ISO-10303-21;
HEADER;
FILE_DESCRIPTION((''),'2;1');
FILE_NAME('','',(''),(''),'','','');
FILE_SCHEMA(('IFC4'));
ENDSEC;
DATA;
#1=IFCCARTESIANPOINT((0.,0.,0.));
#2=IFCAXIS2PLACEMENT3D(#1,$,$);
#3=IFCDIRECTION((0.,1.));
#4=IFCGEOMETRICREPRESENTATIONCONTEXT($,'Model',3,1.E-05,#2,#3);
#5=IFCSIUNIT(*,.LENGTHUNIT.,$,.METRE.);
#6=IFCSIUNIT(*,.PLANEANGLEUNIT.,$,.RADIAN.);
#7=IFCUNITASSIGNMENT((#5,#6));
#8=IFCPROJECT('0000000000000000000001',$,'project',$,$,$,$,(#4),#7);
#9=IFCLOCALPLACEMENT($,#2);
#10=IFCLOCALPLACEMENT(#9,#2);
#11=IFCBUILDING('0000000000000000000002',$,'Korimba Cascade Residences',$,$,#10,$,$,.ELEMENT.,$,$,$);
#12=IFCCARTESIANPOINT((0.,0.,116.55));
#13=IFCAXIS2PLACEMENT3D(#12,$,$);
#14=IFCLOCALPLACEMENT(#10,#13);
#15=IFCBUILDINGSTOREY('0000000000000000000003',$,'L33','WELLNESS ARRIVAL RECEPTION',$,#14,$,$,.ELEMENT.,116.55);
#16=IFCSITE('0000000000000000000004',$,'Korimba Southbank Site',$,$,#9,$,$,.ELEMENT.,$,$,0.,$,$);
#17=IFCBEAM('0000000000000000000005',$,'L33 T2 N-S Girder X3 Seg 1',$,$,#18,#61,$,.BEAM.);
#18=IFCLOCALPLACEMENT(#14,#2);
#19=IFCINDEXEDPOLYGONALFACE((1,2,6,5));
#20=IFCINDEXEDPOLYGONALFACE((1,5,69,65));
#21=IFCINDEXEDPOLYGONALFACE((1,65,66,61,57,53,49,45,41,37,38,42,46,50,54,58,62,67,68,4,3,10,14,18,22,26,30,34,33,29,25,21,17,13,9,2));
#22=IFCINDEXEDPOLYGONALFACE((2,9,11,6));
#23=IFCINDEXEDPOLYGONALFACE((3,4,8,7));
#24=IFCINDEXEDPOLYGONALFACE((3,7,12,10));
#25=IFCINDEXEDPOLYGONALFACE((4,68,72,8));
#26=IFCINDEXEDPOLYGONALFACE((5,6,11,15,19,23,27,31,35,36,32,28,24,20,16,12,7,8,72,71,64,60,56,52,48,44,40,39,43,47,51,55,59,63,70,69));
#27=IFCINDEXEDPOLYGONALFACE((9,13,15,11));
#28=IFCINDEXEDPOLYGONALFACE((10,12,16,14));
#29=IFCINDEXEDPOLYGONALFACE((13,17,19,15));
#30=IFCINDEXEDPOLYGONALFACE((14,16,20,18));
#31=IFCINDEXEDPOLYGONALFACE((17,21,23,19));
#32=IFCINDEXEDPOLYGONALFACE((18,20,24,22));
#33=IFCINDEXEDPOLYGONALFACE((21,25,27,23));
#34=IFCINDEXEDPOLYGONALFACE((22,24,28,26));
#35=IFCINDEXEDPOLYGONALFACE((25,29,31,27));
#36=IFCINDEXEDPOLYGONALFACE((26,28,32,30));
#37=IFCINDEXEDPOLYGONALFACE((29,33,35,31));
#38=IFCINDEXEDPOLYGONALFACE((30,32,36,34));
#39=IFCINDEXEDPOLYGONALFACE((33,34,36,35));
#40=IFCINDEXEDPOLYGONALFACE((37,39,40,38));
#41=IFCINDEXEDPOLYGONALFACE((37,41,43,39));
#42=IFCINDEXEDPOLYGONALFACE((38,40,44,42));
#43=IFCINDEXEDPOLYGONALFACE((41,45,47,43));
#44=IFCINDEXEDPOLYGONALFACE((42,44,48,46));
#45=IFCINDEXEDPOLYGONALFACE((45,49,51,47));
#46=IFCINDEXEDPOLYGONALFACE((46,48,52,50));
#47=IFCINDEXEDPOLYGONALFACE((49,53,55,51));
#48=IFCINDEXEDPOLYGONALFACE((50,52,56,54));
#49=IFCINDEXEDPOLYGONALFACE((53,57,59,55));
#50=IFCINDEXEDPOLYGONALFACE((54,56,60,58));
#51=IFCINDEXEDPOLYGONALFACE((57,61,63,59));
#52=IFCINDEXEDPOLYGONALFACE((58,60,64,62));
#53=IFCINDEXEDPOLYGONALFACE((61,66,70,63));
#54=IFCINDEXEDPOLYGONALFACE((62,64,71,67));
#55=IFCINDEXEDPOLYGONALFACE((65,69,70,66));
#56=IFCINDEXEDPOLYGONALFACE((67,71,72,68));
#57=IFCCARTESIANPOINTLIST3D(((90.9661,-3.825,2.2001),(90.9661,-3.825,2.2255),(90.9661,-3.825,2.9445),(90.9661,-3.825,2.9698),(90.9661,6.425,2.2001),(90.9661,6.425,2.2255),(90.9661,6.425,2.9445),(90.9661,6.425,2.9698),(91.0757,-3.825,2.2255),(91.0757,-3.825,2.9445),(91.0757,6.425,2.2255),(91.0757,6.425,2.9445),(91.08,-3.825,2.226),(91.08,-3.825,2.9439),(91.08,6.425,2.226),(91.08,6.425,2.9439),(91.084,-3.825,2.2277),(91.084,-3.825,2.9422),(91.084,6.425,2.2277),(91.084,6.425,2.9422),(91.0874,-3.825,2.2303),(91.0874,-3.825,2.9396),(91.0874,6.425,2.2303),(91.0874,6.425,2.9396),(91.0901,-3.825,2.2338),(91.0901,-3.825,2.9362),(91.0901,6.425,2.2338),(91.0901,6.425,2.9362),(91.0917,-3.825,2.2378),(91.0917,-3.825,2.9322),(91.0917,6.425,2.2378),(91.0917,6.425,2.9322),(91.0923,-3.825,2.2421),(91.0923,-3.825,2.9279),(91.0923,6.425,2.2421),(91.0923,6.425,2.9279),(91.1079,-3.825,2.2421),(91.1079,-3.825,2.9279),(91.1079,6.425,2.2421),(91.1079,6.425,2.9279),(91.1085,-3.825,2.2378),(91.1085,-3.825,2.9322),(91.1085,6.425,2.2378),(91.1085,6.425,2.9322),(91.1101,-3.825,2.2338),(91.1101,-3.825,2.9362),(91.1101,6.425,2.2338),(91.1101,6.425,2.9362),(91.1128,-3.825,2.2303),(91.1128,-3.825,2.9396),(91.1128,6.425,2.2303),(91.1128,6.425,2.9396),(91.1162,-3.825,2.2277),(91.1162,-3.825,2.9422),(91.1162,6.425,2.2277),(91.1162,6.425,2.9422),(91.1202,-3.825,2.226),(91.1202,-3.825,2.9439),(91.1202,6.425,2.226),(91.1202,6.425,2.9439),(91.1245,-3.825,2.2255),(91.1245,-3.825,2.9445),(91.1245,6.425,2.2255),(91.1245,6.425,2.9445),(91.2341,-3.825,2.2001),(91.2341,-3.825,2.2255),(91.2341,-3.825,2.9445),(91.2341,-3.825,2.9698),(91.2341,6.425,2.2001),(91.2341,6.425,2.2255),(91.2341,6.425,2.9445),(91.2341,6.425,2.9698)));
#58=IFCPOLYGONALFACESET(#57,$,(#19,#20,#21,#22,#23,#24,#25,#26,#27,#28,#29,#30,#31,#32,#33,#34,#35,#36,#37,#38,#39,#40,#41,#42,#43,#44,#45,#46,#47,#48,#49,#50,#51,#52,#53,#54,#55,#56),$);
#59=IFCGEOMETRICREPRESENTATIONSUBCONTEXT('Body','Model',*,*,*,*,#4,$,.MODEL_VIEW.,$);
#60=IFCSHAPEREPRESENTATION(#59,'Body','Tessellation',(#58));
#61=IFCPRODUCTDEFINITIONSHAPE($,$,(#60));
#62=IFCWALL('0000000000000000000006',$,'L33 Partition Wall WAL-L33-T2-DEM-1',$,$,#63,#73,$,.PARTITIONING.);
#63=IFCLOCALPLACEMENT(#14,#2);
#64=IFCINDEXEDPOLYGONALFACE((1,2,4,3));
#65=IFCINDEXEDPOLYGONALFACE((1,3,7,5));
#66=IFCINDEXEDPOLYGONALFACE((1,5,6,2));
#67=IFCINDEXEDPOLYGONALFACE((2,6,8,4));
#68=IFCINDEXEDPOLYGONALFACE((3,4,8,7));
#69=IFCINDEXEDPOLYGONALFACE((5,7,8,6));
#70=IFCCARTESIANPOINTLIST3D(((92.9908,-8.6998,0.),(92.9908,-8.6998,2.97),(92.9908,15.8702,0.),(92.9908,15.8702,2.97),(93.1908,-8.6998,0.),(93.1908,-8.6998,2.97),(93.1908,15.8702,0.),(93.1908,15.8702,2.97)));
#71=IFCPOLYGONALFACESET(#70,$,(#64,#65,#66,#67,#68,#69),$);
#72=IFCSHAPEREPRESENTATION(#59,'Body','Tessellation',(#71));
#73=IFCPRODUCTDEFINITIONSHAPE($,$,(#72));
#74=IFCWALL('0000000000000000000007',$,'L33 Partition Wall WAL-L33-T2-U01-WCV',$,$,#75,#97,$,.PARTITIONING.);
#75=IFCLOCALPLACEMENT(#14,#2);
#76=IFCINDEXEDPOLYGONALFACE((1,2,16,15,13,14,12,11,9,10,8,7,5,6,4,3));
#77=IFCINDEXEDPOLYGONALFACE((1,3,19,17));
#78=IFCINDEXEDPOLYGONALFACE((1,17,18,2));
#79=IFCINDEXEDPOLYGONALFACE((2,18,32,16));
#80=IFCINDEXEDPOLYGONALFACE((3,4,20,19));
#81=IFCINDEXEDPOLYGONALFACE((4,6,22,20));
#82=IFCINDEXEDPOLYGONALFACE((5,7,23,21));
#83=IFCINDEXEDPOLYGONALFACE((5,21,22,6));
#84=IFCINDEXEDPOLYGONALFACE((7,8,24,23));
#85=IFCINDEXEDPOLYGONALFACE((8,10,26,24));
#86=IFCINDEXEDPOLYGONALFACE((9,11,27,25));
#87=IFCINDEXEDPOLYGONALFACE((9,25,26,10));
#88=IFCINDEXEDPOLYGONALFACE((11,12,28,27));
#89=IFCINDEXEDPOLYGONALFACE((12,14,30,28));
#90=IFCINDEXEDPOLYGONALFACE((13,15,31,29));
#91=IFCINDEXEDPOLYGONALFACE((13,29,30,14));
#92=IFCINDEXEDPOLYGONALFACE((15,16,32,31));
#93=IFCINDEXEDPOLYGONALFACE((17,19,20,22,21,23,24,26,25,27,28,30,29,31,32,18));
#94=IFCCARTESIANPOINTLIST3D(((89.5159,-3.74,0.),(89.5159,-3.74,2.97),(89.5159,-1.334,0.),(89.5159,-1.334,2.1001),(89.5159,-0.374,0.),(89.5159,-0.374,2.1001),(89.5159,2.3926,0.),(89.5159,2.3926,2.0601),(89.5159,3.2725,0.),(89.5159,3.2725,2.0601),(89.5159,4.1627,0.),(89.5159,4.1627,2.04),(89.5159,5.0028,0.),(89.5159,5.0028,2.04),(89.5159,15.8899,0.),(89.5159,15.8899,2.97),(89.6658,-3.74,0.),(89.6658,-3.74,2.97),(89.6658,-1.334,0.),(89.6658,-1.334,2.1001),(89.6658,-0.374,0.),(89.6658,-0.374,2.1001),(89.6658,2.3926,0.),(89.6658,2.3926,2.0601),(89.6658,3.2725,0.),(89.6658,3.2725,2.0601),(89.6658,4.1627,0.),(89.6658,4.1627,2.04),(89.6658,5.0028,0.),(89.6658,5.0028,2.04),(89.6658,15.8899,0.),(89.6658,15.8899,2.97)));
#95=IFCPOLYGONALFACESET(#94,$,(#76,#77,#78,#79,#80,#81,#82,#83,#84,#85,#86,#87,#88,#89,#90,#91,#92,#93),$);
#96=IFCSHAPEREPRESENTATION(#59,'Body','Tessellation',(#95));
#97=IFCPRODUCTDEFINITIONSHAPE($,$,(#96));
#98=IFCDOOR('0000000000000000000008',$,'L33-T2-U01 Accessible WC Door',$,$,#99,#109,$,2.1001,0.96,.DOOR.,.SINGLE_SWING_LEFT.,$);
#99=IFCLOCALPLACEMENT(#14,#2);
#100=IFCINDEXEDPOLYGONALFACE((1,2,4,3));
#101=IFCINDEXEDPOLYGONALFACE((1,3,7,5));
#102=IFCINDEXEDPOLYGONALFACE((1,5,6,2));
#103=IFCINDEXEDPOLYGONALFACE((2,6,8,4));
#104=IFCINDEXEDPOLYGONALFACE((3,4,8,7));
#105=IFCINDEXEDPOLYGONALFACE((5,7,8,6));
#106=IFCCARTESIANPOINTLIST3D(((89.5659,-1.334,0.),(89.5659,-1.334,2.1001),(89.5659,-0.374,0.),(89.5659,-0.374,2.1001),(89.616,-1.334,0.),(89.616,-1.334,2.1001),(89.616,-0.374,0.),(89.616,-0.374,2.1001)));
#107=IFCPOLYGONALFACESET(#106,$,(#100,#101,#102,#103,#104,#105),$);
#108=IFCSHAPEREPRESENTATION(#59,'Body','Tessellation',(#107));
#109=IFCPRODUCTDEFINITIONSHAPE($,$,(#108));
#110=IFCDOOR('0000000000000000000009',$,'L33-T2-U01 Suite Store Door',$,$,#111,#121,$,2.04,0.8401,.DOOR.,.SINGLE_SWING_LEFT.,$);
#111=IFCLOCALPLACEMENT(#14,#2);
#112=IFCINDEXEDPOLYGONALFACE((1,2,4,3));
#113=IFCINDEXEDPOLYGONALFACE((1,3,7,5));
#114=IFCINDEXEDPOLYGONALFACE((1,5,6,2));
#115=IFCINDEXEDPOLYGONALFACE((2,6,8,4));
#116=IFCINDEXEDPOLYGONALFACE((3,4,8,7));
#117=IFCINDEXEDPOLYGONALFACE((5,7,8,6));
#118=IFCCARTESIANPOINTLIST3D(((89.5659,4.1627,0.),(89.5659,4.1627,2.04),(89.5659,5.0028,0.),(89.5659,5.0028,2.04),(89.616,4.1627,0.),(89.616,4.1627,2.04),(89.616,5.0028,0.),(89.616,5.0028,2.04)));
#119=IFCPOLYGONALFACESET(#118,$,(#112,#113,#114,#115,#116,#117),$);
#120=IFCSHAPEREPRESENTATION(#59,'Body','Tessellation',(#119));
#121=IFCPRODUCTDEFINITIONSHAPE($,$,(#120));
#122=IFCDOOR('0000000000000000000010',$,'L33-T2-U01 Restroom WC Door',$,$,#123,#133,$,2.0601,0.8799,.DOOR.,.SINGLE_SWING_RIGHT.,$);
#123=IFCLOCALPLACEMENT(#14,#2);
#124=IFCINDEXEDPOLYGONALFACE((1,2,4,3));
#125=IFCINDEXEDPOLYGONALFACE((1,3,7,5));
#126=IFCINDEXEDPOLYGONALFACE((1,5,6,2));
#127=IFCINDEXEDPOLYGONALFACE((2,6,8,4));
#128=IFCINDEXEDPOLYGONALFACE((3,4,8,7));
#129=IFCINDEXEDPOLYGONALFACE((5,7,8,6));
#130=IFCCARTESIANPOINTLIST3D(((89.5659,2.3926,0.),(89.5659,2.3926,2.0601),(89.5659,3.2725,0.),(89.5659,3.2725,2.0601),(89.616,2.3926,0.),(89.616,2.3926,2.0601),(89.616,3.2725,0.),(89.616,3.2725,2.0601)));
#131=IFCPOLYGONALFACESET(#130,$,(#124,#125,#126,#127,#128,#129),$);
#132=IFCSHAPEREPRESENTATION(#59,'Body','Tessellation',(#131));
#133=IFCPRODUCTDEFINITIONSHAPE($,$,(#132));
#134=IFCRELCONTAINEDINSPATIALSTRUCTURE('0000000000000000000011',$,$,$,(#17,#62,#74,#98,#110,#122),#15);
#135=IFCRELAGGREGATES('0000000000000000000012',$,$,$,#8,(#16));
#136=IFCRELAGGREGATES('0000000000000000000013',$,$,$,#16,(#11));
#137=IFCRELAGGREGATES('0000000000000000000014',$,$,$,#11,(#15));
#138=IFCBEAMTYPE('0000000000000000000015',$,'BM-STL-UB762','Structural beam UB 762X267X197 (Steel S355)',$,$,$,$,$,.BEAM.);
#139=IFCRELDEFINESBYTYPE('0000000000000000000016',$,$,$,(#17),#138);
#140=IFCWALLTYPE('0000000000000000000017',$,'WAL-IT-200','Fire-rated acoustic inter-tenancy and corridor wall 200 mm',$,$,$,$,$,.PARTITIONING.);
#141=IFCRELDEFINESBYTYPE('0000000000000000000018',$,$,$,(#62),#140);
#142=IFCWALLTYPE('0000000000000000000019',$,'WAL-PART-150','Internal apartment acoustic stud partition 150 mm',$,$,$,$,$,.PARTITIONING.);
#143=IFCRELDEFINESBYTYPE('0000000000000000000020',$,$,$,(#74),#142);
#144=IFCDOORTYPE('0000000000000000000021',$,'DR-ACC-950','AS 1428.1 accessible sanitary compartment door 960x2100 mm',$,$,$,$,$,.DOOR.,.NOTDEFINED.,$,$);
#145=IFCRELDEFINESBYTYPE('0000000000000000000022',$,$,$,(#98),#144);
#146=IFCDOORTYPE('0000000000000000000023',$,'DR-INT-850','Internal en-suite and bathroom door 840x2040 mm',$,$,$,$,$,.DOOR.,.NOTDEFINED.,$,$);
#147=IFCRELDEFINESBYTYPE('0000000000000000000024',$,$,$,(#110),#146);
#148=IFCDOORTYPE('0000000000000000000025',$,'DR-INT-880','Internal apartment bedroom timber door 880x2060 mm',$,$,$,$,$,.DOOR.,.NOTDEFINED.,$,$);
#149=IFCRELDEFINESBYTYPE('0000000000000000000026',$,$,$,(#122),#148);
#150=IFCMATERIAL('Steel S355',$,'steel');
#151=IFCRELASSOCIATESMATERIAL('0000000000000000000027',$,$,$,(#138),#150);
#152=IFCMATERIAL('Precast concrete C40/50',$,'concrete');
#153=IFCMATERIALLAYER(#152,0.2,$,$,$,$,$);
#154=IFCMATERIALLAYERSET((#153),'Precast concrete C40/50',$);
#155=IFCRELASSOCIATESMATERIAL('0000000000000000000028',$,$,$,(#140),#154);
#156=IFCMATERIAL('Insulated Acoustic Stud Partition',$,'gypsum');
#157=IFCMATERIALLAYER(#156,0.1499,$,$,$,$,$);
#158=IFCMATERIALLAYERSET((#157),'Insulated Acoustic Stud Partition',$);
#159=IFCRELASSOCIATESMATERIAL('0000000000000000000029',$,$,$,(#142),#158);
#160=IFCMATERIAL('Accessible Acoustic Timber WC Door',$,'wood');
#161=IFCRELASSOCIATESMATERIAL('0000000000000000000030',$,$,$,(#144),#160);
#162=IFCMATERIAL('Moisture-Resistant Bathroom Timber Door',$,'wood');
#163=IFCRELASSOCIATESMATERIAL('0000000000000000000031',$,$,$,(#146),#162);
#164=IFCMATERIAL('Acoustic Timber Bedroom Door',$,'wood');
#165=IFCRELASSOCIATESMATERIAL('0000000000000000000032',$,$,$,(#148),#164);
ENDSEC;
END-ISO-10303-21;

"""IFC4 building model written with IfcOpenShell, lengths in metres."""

from ifc_helpers import new_model, si_unit, direction, frame, frame_2d, origin, origin_2d, place, context, subcontext, project, spatial, rectangle, i_section, extrude, material, layer, layer_set, material_profile, profile_set, type_object, element, fill, save


model = new_model("IFC4")

# Units and contexts
model_context = context("Model", 3, precision=1e-05, world=origin(), true_north=direction((0.0, 1.0)))
body_context = subcontext(model_context, "Body", "Model", "MODEL_VIEW")
ifc_project = project(units=[si_unit("LENGTHUNIT", "METRE"), si_unit("PLANEANGLEUNIT", "RADIAN")], contexts=[model_context])

# Site, building, storey
site_placement = place(None, origin())
site = spatial("IfcSite", under=ifc_project, at=site_placement, Name="Korimba Southbank Site", CompositionType="ELEMENT", RefElevation=0.0)
building_placement = place(site_placement, origin())
building = spatial("IfcBuilding", under=site, at=building_placement, Name="Korimba Cascade Residences", CompositionType="ELEMENT")
storey_placement = place(building_placement, frame((0.0, 0.0, 116.55)))
storey = spatial("IfcBuildingStorey", under=building, at=storey_placement, Name="L33", Description="WELLNESS ARRIVAL RECEPTION", CompositionType="ELEMENT", Elevation=116.55)

# Beam
ifc_material_1 = material(Name="Steel S355", Category="steel")
ifc_material_profile_1 = material_profile(ifc_material_1, i_section(OverallWidth=0.2681, OverallDepth=0.7698, WebThickness=0.0156, FlangeThickness=0.0254, FilletRadius=0.0166, at=origin_2d()), Name="Steel S355")
ifc_profile_set_1 = profile_set([ifc_material_profile_1], Name="Steel S355")
beam_type_1 = type_object("IfcBeamType", Name="BM-STL-UB762", Description="Structural beam UB 762X267X197 (Steel S355)", PredefinedType="BEAM", material=ifc_profile_set_1)
for number, where, z_axis, x_axis, name in (
    (1, (91.1001, -3.825, 2.585), (0.0, 1.0, 0.0), (-1.0, 0.0, 0.0), "L33 T2 N-S Girder X3 Seg 1"),
):
    element("IfcBeam", number, at=place(storey_placement, frame(where, z_axis=z_axis, x_axis=x_axis)), inside=storey, type_object=beam_type_1, Name=name, PredefinedType="BEAM", context=body_context, shape_type="SweptSolid", body=[
        extrude(i_section(OverallWidth=0.2681, OverallDepth=0.7698, WebThickness=0.0156, FlangeThickness=0.0254, FilletRadius=0.0166, at=origin_2d()), origin(), (0.0, 0.0, 1.0), 10.25),
    ])

# Wall
ifc_material_2 = material(Name="Precast concrete C40/50", Category="concrete")
ifc_layer_1 = layer(ifc_material_2, 0.2)
ifc_layer_set_1 = layer_set([ifc_layer_1], Name="Precast concrete C40/50")
wall_type_1 = type_object("IfcWallType", Name="WAL-IT-200", Description="Fire-rated acoustic inter-tenancy and corridor wall 200 mm", PredefinedType="PARTITIONING", material=ifc_layer_set_1)
wall_1_placement = place(storey_placement, frame((93.0908, -8.7, 0.0), z_axis=(0.0, 0.0, 1.0), x_axis=(0.0, 1.0, 0.0)))
element("IfcWall", 2, at=wall_1_placement, inside=storey, type_object=wall_type_1, Name="L33 Partition Wall WAL-L33-T2-DEM-1", PredefinedType="PARTITIONING", context=body_context, shape_type="SweptSolid", body=[
    extrude(rectangle(XDim=24.5701, YDim=0.2, at=frame_2d((12.2852, 0.0))), origin(), (0.0, 0.0, 1.0), 2.97),
])

# Wall, openings, doors
ifc_material_3 = material(Name="Insulated Acoustic Stud Partition", Category="gypsum")
ifc_layer_2 = layer(ifc_material_3, 0.1499)
ifc_layer_set_2 = layer_set([ifc_layer_2], Name="Insulated Acoustic Stud Partition")
wall_type_2 = type_object("IfcWallType", Name="WAL-PART-150", Description="Internal apartment acoustic stud partition 150 mm", PredefinedType="PARTITIONING", material=ifc_layer_set_2)
wall_2_placement = place(storey_placement, frame((89.5908, -3.74, 0.0), z_axis=(0.0, 0.0, 1.0), x_axis=(0.0, 1.0, 0.0)))
wall_2 = element("IfcWall", 3, at=wall_2_placement, inside=storey, type_object=wall_type_2, Name="L33 Partition Wall WAL-L33-T2-U01-WCV", PredefinedType="PARTITIONING", context=body_context, shape_type="SweptSolid", body=[
    extrude(rectangle(XDim=19.6299, YDim=0.1499, at=frame_2d((9.8149, 0.0))), origin(), (0.0, 0.0, 1.0), 2.97),
])
opening_1_placement = place(wall_2_placement, frame((2.406, 0.0, 0.0)))
opening_1 = element("IfcOpeningElement", 4, at=opening_1_placement, cuts=wall_2, PredefinedType="OPENING", context=body_context, shape_type="SweptSolid", body=[
    extrude(rectangle(XDim=0.96, YDim=2.1001, at=frame_2d((0.48, 1.05))), frame((0.0, 0.085, 0.0), z_axis=(0.0, -1.0, 0.0), x_axis=(1.0, 0.0, 0.0)), (0.0, 0.0, 1.0), 0.1699),
])
opening_2_placement = place(wall_2_placement, frame((6.1326, 0.0, 0.0)))
opening_2 = element("IfcOpeningElement", 5, at=opening_2_placement, cuts=wall_2, PredefinedType="OPENING", context=body_context, shape_type="SweptSolid", body=[
    extrude(rectangle(XDim=0.8799, YDim=2.0601, at=frame_2d((0.4399, 1.03))), frame((0.0, 0.085, 0.0), z_axis=(0.0, -1.0, 0.0), x_axis=(1.0, 0.0, 0.0)), (0.0, 0.0, 1.0), 0.1699),
])
opening_3_placement = place(wall_2_placement, frame((7.9028, 0.0, 0.0)))
opening_3 = element("IfcOpeningElement", 6, at=opening_3_placement, cuts=wall_2, PredefinedType="OPENING", context=body_context, shape_type="SweptSolid", body=[
    extrude(rectangle(XDim=0.8401, YDim=2.04, at=frame_2d((0.4199, 1.02))), frame((0.0, 0.085, 0.0), z_axis=(0.0, -1.0, 0.0), x_axis=(1.0, 0.0, 0.0)), (0.0, 0.0, 1.0), 0.1699),
])
ifc_material_4 = material(Name="Accessible Acoustic Timber WC Door", Category="wood")
door_type_1 = type_object("IfcDoorType", Name="DR-ACC-950", Description="AS 1428.1 accessible sanitary compartment door 960x2100 mm", OperationType="NOTDEFINED", PredefinedType="DOOR", material=ifc_material_4)
door_1_placement = place(opening_1_placement, origin())
door_1 = element("IfcDoor", 7, at=door_1_placement, inside=storey, type_object=door_type_1, Name="L33-T2-U01 Accessible WC Door", OperationType="SINGLE_SWING_LEFT", OverallHeight=2.1001, OverallWidth=0.96, PredefinedType="DOOR", context=body_context, shape_type="SweptSolid", body=[
    extrude(rectangle(XDim=0.96, YDim=2.1001, at=frame_2d((0.48, 1.05))), frame((0.0, 0.0249, 0.0), z_axis=(0.0, -1.0, 0.0), x_axis=(1.0, 0.0, 0.0)), (0.0, 0.0, 1.0), 0.05),
])
fill(opening_1, door_1)
ifc_material_5 = material(Name="Moisture-Resistant Bathroom Timber Door", Category="wood")
door_type_2 = type_object("IfcDoorType", Name="DR-INT-850", Description="Internal en-suite and bathroom door 840x2040 mm", OperationType="NOTDEFINED", PredefinedType="DOOR", material=ifc_material_5)
door_2_placement = place(opening_3_placement, origin())
door_2 = element("IfcDoor", 8, at=door_2_placement, inside=storey, type_object=door_type_2, Name="L33-T2-U01 Suite Store Door", OperationType="SINGLE_SWING_LEFT", OverallHeight=2.04, OverallWidth=0.8401, PredefinedType="DOOR", context=body_context, shape_type="SweptSolid", body=[
    extrude(rectangle(XDim=0.8401, YDim=2.04, at=frame_2d((0.4199, 1.02))), frame((0.0, 0.0249, 0.0), z_axis=(0.0, -1.0, 0.0), x_axis=(1.0, 0.0, 0.0)), (0.0, 0.0, 1.0), 0.05),
])
fill(opening_3, door_2)
ifc_material_6 = material(Name="Acoustic Timber Bedroom Door", Category="wood")
door_type_3 = type_object("IfcDoorType", Name="DR-INT-880", Description="Internal apartment bedroom timber door 880x2060 mm", OperationType="NOTDEFINED", PredefinedType="DOOR", material=ifc_material_6)
door_3_placement = place(opening_2_placement, origin())
door_3 = element("IfcDoor", 9, at=door_3_placement, inside=storey, type_object=door_type_3, Name="L33-T2-U01 Restroom WC Door", OperationType="SINGLE_SWING_RIGHT", OverallHeight=2.0601, OverallWidth=0.8799, PredefinedType="DOOR", context=body_context, shape_type="SweptSolid", body=[
    extrude(rectangle(XDim=0.8799, YDim=2.0601, at=frame_2d((0.4399, 1.03))), frame((0.0, 0.0249, 0.0), z_axis=(0.0, -1.0, 0.0), x_axis=(1.0, 0.0, 0.0)), (0.0, 0.0, 1.0), 0.05),
])
fill(opening_2, door_3)

save(model, "model.ifc")
